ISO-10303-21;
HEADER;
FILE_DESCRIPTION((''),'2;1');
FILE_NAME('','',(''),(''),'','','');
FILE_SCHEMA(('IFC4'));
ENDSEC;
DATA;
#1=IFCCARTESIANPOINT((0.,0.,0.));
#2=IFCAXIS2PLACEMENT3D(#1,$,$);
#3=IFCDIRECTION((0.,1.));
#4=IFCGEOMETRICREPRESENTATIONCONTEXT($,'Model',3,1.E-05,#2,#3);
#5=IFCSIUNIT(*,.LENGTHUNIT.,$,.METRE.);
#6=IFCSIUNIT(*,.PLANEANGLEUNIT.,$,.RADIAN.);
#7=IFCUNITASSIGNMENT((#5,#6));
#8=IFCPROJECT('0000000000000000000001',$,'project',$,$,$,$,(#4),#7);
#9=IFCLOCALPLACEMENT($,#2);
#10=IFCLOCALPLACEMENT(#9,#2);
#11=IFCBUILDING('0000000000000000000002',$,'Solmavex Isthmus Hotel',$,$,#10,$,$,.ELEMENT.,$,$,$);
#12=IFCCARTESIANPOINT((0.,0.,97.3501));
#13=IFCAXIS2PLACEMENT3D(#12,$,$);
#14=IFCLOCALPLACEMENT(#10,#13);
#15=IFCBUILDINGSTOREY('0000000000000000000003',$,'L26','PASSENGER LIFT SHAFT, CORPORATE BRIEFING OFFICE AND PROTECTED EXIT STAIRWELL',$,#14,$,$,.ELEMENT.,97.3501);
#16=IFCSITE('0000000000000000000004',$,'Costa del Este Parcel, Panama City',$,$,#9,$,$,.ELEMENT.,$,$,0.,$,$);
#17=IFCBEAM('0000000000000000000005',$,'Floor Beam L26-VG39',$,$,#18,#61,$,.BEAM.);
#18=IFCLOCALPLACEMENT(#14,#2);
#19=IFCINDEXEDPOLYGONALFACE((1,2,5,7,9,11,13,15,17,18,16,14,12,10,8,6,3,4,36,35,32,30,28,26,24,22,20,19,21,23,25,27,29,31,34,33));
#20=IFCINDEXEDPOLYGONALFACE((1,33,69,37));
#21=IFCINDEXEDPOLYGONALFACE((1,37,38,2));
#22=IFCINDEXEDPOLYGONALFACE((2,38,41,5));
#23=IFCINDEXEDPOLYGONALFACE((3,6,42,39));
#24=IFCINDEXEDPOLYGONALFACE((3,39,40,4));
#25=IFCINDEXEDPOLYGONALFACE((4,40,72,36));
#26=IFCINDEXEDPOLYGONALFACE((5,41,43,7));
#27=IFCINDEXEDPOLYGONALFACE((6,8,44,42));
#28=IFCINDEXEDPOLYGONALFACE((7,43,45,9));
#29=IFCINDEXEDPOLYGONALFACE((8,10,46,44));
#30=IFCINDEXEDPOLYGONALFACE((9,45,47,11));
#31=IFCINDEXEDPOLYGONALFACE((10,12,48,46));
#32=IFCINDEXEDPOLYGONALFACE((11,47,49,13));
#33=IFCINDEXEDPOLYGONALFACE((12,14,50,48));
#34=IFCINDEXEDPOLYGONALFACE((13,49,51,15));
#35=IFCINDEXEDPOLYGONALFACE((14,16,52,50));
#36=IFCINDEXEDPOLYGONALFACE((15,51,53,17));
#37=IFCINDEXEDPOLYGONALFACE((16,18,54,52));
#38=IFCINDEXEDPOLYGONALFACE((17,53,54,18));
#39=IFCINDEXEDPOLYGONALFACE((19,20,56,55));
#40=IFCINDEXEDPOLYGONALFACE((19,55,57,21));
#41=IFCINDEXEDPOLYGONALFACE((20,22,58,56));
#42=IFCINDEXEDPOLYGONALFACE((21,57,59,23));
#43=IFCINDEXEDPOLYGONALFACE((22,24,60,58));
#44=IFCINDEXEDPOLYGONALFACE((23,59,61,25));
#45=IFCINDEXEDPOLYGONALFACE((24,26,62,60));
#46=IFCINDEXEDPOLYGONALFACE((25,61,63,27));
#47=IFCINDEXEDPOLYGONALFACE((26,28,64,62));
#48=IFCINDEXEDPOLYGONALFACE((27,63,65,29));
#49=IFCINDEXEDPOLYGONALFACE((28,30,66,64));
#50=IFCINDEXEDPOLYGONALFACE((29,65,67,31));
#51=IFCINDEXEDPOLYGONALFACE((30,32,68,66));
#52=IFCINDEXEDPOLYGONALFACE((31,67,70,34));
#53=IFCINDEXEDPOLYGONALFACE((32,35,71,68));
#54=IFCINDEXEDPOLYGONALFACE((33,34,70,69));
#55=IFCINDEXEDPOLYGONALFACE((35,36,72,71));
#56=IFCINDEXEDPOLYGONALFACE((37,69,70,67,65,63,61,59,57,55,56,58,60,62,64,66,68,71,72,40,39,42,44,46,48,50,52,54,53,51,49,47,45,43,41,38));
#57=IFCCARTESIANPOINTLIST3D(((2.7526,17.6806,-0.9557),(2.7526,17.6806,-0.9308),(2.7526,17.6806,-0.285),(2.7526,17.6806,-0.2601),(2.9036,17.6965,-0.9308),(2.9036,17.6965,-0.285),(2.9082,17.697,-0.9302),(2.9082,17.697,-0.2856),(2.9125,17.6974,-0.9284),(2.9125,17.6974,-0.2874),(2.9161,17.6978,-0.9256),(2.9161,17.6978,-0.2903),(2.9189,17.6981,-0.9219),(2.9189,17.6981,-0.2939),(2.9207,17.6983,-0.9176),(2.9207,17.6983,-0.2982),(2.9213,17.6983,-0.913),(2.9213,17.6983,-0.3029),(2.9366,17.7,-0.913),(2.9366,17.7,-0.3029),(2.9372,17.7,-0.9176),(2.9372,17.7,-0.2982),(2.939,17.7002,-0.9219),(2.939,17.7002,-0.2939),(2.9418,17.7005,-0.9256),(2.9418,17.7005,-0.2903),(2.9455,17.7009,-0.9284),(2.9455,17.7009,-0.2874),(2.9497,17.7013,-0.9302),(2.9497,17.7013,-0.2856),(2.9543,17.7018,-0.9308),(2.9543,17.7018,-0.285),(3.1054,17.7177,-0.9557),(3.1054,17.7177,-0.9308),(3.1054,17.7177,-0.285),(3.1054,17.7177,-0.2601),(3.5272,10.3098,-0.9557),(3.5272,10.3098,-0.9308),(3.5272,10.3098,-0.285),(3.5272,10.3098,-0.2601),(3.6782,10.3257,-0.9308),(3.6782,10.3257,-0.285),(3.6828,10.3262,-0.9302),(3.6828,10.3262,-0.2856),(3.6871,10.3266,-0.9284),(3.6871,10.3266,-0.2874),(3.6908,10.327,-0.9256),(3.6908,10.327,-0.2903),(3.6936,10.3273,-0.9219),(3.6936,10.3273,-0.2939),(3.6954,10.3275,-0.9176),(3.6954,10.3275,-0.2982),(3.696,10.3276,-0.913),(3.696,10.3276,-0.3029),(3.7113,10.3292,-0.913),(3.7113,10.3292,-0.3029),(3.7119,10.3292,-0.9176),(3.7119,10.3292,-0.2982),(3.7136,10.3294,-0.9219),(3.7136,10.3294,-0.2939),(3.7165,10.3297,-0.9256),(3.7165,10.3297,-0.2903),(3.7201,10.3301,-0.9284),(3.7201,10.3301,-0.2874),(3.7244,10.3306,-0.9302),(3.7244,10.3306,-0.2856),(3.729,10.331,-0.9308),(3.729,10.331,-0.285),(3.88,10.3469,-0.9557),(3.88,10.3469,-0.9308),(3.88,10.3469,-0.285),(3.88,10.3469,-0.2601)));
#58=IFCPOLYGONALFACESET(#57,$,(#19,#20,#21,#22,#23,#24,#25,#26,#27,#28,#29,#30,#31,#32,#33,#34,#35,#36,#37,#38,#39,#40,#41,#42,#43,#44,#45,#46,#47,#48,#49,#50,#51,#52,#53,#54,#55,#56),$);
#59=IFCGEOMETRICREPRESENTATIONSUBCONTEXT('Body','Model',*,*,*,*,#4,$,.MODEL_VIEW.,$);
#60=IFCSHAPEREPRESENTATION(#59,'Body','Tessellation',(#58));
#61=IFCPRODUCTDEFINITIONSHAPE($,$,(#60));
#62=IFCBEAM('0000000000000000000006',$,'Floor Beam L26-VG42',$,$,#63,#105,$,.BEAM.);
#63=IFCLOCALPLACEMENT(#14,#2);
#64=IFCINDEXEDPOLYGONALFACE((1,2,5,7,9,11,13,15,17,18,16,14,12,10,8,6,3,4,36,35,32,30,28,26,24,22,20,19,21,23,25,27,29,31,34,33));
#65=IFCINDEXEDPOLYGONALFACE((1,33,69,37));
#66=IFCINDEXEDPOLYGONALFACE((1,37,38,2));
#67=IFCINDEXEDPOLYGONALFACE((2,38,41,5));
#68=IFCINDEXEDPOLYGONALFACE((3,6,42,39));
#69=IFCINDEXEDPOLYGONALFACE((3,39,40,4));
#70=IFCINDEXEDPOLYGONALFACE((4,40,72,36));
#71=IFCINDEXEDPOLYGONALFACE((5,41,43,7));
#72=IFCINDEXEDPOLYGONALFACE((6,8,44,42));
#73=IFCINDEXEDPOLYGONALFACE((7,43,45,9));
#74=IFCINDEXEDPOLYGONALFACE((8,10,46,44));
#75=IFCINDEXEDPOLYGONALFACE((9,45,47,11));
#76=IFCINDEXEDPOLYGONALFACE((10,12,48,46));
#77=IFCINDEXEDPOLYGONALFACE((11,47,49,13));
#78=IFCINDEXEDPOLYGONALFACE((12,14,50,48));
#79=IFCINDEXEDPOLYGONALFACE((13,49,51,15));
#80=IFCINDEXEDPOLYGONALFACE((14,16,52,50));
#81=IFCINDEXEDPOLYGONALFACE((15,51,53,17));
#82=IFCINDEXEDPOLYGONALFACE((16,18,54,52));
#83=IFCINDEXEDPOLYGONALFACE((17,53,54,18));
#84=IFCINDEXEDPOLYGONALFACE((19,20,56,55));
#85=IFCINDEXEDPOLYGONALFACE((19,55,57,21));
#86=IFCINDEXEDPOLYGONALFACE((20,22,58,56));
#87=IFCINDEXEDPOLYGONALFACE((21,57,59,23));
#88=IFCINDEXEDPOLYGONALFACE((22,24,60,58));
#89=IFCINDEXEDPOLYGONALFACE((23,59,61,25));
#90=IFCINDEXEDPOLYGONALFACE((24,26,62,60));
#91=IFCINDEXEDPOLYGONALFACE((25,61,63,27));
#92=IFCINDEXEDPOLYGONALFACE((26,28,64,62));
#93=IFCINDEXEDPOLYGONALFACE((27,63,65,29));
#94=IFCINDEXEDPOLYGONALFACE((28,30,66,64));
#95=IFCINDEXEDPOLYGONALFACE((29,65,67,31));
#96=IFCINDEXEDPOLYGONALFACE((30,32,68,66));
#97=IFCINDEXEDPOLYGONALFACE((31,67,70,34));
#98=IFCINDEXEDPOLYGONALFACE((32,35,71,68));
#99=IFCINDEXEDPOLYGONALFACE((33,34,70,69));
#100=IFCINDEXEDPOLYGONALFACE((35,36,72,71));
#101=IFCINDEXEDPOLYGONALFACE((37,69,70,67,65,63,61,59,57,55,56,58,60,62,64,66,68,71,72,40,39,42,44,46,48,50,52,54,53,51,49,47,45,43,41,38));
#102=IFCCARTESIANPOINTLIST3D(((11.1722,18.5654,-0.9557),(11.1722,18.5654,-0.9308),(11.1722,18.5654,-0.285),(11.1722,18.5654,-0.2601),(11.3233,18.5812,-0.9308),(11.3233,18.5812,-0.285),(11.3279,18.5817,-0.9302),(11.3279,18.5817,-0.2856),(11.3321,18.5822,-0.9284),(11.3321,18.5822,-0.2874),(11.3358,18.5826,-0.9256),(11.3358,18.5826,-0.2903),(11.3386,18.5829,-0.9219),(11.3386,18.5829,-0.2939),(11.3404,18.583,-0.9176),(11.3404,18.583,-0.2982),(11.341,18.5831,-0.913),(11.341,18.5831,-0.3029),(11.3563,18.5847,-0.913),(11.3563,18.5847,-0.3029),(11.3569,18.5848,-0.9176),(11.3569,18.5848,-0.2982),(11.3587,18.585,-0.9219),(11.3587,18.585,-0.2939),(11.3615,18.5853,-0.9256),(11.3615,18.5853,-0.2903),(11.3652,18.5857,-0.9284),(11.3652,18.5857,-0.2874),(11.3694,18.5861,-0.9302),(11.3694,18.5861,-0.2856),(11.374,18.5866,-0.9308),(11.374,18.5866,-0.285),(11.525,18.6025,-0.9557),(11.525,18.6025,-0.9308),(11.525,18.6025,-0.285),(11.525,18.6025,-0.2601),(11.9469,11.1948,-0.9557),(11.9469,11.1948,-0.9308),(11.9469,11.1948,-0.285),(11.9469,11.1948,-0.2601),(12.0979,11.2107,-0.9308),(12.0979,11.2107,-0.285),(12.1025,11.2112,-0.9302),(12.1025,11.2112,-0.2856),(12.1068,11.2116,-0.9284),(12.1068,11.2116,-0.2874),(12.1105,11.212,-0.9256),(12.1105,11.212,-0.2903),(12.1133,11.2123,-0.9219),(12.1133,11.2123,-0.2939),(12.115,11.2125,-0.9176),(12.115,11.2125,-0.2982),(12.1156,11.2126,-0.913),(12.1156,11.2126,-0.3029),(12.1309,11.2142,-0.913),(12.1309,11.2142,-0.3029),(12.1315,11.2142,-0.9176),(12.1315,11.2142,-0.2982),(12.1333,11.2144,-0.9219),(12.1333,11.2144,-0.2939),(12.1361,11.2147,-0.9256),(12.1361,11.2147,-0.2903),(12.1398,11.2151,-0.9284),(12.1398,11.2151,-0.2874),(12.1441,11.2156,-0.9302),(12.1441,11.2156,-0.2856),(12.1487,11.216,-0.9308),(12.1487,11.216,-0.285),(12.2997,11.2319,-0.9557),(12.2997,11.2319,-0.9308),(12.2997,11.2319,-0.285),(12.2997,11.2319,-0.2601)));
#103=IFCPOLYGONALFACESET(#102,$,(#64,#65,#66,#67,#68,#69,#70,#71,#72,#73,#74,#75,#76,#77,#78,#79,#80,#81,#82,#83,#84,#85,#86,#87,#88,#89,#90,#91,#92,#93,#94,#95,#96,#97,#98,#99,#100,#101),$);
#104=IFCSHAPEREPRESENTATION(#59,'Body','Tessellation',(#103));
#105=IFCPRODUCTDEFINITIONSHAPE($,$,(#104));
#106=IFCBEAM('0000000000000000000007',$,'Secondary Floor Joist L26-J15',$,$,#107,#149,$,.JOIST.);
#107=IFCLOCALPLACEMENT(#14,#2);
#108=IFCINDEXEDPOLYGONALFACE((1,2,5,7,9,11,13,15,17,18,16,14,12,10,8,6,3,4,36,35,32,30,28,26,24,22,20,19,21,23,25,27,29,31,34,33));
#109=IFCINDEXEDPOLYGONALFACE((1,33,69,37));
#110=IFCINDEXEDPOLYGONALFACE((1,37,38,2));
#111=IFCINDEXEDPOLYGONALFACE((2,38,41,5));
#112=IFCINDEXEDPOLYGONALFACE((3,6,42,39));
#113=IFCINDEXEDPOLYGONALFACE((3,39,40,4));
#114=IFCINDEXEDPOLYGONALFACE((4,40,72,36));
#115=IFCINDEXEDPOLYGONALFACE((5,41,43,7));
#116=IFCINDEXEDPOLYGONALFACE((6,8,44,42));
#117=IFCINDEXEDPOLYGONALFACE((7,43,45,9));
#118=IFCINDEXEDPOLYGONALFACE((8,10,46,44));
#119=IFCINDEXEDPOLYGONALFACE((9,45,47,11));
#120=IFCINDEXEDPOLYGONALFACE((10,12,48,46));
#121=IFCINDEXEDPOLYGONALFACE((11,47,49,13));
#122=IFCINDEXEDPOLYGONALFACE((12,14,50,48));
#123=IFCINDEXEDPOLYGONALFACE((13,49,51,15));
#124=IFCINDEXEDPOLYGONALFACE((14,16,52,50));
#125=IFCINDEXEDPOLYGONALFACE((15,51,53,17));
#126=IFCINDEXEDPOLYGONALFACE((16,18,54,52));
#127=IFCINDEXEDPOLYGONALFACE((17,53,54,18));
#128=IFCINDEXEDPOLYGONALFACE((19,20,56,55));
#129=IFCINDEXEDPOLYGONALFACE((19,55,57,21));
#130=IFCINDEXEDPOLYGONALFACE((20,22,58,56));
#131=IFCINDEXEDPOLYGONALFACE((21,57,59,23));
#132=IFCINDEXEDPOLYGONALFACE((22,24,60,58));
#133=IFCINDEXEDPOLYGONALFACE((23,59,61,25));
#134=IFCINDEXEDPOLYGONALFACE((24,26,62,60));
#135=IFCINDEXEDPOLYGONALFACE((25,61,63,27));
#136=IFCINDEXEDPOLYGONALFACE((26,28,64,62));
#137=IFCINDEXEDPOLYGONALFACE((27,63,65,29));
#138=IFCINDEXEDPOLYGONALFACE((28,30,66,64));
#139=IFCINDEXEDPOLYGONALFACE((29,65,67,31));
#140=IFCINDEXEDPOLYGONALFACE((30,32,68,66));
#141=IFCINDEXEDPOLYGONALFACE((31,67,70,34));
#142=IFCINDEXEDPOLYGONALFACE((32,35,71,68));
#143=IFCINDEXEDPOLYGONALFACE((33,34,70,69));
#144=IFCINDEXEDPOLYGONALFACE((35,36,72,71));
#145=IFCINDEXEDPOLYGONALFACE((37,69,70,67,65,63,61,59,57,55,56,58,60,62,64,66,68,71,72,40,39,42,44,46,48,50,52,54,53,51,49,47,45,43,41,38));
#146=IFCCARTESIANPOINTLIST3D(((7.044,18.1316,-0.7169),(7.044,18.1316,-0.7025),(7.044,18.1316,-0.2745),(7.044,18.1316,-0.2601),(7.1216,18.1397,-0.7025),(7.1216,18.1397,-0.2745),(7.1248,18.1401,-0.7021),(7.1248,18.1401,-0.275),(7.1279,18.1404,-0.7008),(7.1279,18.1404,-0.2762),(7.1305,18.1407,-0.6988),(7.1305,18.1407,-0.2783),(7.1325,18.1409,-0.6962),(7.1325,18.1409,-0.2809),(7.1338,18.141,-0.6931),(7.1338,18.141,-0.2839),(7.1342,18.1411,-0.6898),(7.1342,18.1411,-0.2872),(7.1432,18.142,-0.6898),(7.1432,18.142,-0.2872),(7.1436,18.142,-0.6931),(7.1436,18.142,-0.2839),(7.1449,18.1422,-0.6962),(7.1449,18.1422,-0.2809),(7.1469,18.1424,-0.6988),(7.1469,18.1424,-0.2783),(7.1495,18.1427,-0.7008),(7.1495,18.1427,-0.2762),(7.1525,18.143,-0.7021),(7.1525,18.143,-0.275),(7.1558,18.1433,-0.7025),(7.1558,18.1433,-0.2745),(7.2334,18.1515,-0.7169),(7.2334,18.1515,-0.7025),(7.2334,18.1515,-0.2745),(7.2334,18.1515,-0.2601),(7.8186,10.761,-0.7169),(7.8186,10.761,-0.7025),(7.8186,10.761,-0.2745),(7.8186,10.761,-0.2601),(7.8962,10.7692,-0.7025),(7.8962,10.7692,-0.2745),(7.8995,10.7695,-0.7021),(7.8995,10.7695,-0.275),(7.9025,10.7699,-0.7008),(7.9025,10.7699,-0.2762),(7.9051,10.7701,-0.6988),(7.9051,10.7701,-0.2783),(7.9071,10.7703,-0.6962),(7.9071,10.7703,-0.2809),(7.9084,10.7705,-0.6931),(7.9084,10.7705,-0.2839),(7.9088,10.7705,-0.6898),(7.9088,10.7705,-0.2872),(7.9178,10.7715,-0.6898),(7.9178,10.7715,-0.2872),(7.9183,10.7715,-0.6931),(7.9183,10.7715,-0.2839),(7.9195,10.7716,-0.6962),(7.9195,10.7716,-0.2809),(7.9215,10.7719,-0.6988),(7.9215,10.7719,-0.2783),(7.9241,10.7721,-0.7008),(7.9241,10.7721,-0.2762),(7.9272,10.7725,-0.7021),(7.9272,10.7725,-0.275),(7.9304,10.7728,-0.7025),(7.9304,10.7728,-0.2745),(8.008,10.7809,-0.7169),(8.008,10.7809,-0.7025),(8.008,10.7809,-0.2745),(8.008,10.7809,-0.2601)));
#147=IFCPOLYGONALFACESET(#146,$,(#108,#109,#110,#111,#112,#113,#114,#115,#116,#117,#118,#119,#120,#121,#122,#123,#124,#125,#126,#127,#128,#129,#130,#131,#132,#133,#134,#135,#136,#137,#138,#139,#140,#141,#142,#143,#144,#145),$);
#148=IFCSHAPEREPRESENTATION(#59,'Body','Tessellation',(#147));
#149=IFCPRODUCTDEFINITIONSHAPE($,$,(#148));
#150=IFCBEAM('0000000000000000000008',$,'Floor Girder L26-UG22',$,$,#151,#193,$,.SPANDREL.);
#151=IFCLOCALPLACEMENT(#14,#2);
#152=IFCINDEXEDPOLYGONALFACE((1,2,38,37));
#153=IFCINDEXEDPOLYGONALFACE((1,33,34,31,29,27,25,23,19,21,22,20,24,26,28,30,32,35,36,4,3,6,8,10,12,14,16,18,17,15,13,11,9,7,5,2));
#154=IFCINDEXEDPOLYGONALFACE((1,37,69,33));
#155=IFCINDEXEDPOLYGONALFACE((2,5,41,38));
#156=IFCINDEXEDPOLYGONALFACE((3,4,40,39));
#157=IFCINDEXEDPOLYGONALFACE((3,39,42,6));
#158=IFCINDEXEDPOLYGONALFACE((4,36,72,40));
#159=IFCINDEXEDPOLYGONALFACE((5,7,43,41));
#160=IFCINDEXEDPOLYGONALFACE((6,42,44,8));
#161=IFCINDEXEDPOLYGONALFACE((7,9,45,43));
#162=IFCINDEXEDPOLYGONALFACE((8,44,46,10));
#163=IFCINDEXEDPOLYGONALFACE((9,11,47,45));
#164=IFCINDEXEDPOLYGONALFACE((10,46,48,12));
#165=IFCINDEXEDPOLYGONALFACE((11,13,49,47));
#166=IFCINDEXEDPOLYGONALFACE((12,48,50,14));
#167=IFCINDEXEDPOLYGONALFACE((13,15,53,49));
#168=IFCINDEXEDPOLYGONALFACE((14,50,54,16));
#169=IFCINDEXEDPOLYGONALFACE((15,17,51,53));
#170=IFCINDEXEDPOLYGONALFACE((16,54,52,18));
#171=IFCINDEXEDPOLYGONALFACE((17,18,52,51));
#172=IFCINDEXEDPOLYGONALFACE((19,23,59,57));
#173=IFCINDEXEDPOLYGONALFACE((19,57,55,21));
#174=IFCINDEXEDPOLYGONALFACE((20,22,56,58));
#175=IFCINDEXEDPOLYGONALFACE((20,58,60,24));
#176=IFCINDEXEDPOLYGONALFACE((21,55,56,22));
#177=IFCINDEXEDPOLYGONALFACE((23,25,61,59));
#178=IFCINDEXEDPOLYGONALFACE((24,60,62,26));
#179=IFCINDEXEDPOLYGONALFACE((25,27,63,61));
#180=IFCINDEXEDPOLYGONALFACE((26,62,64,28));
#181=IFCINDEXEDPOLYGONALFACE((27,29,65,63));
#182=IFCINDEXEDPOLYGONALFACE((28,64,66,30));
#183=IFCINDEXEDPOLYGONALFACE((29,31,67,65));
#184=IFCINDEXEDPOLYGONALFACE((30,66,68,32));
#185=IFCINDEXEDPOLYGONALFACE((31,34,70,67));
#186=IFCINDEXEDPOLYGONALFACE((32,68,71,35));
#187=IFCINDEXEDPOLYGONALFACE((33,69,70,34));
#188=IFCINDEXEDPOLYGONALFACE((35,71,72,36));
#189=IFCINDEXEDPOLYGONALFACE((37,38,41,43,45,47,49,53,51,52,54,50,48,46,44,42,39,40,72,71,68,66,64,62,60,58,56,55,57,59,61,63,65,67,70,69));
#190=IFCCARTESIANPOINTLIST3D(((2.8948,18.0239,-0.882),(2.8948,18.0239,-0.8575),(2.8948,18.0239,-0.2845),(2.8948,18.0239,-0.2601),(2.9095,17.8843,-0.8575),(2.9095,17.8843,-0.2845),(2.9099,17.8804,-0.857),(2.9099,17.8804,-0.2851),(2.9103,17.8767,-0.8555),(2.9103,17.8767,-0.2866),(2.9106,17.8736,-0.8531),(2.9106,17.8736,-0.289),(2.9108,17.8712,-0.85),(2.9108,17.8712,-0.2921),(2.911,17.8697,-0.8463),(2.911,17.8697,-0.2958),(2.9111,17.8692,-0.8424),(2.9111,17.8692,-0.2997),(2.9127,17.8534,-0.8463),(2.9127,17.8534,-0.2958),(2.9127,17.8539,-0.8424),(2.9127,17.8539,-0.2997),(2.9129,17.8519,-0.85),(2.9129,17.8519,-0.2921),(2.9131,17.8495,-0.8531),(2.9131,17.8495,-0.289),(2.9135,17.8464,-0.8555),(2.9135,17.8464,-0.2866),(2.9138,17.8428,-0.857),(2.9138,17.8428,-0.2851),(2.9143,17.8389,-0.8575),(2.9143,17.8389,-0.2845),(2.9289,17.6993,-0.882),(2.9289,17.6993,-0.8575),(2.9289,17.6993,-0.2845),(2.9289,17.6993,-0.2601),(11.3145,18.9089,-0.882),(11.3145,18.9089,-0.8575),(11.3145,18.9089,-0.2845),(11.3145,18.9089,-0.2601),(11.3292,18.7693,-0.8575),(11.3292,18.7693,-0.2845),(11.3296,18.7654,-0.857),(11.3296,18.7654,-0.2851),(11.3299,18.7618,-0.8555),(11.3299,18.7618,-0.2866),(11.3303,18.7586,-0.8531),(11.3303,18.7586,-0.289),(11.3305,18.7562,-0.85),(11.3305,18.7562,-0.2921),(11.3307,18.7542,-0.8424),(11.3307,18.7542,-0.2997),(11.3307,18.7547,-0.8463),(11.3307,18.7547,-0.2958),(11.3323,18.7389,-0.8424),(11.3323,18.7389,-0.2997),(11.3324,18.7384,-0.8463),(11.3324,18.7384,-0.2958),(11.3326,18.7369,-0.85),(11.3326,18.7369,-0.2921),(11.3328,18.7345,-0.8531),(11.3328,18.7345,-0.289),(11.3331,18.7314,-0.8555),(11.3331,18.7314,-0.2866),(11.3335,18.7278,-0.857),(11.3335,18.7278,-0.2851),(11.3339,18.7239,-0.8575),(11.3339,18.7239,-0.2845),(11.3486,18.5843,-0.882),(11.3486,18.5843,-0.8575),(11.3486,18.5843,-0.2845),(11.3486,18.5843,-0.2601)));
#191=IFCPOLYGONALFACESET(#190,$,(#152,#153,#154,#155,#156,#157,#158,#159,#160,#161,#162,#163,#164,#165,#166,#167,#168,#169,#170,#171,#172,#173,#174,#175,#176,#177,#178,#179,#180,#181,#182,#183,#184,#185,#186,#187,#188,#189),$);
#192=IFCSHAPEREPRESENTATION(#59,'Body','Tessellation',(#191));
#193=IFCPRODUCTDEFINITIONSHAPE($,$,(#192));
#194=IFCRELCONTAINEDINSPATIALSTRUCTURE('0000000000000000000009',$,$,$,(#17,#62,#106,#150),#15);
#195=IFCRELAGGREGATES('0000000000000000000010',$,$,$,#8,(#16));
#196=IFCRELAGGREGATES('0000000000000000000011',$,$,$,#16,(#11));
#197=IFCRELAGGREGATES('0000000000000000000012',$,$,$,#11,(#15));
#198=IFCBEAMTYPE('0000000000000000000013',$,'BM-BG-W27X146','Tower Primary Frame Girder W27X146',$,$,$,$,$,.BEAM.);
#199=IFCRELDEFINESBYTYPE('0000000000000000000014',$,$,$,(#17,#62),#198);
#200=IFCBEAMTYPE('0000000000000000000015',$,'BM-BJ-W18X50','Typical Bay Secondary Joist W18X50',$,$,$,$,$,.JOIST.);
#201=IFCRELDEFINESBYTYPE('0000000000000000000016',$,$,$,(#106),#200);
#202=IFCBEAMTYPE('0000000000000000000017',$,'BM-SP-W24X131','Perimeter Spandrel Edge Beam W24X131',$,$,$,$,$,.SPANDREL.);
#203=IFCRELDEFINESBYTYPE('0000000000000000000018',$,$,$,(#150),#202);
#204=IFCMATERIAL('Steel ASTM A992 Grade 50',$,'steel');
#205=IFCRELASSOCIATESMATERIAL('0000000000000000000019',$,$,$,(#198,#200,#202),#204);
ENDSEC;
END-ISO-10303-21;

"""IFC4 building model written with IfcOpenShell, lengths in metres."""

from ifc_helpers import new_model, si_unit, direction, frame, origin, origin_2d, place, context, subcontext, project, spatial, i_section, extrude, material, material_profile, profile_set, type_object, element, save


model = new_model("IFC4")

# Units and contexts
model_context = context("Model", 3, precision=1e-05, world=origin(), true_north=direction((0.0, 1.0)))
body_context = subcontext(model_context, "Body", "Model", "MODEL_VIEW")
ifc_project = project(units=[si_unit("LENGTHUNIT", "METRE"), si_unit("PLANEANGLEUNIT", "RADIAN")], contexts=[model_context])

# Site, building, storey
site_placement = place(None, origin())
site = spatial("IfcSite", under=ifc_project, at=site_placement, Name="Costa del Este Parcel, Panama City", CompositionType="ELEMENT", RefElevation=0.0)
building_placement = place(site_placement, origin())
building = spatial("IfcBuilding", under=site, at=building_placement, Name="Solmavex Isthmus Hotel", CompositionType="ELEMENT")
storey_placement = place(building_placement, frame((0.0, 0.0, 97.3501)))
storey = spatial("IfcBuildingStorey", under=building, at=storey_placement, Name="L26", Description="PASSENGER LIFT SHAFT, CORPORATE BRIEFING OFFICE AND PROTECTED EXIT STAIRWELL", CompositionType="ELEMENT", Elevation=97.3501)

# Beams
ifc_material_1 = material(Name="Steel ASTM A992 Grade 50", Category="steel")
ifc_material_profile_1 = material_profile(ifc_material_1, i_section(OverallWidth=0.3547, OverallDepth=0.6956, WebThickness=0.0154, FlangeThickness=0.0249, FilletRadius=0.0178, at=origin_2d()), Name="W27X146")
ifc_profile_set_1 = profile_set([ifc_material_profile_1], Name="Steel ASTM A992 Grade 50")
beam_type_1 = type_object("IfcBeamType", Name="BM-BG-W27X146", Description="Tower Primary Frame Girder W27X146", PredefinedType="BEAM", material=ifc_profile_set_1)
beam_1_placement = place(storey_placement, frame((3.7036, 10.3284, -0.6079), z_axis=(-0.104522, 0.994523, 0.0), x_axis=(-0.994523, -0.104522, 0.0)))
element("IfcBeam", 1, at=beam_1_placement, inside=storey, type_object=beam_type_1, Name="Floor Beam L26-VG39", PredefinedType="BEAM", context=body_context, shape_type="SweptSolid", body=[
    extrude(i_section(OverallWidth=0.3547, OverallDepth=0.6956, WebThickness=0.0154, FlangeThickness=0.0249, FilletRadius=0.0178, at=origin_2d()), origin(), (0.0, 0.0, 1.0), 7.4114),
])
beam_2_placement = place(storey_placement, frame((12.1233, 11.2134, -0.6079), z_axis=(-0.104525, 0.994522, 0.0), x_axis=(-0.994522, -0.104525, 0.0)))
element("IfcBeam", 2, at=beam_2_placement, inside=storey, type_object=beam_type_1, Name="Floor Beam L26-VG42", PredefinedType="BEAM", context=body_context, shape_type="SweptSolid", body=[
    extrude(i_section(OverallWidth=0.3547, OverallDepth=0.6956, WebThickness=0.0154, FlangeThickness=0.0249, FilletRadius=0.0178, at=origin_2d()), origin(), (0.0, 0.0, 1.0), 7.4111),
])
ifc_material_profile_2 = material_profile(ifc_material_1, i_section(OverallWidth=0.1904, OverallDepth=0.4568, WebThickness=0.009, FlangeThickness=0.0144, FilletRadius=0.0127, at=origin_2d()), Name="W18X50")
ifc_profile_set_2 = profile_set([ifc_material_profile_2], Name="Steel ASTM A992 Grade 50")
beam_type_2 = type_object("IfcBeamType", Name="BM-BJ-W18X50", Description="Typical Bay Secondary Joist W18X50", PredefinedType="JOIST", material=ifc_profile_set_2)
beam_3_placement = place(storey_placement, frame((7.9133, 10.771, -0.4885), z_axis=(-0.104525, 0.994522, 0.0), x_axis=(-0.994522, -0.104525, 0.0)))
element("IfcBeam", 3, at=beam_3_placement, inside=storey, type_object=beam_type_2, Name="Secondary Floor Joist L26-J15", PredefinedType="JOIST", context=body_context, shape_type="SweptSolid", body=[
    extrude(i_section(OverallWidth=0.1904, OverallDepth=0.4568, WebThickness=0.009, FlangeThickness=0.0144, FilletRadius=0.0127, at=origin_2d()), origin(), (0.0, 0.0, 1.0), 7.4111),
])
ifc_material_profile_3 = material_profile(ifc_material_1, i_section(OverallWidth=0.3264, OverallDepth=0.6218, WebThickness=0.0154, FlangeThickness=0.0244, FilletRadius=0.0151, at=origin_2d()), Name="W24X131")
ifc_profile_set_3 = profile_set([ifc_material_profile_3], Name="Steel ASTM A992 Grade 50")
beam_type_3 = type_object("IfcBeamType", Name="BM-SP-W24X131", Description="Perimeter Spandrel Edge Beam W24X131", PredefinedType="SPANDREL", material=ifc_profile_set_3)
for number, where, z_axis, x_axis, name in (
    (4, (2.9119, 17.8616, -0.571), (0.994521, 0.104536, 0.0), (-0.104536, 0.994521, 0.0), "Floor Girder L26-UG22"),
):
    element("IfcBeam", number, at=place(storey_placement, frame(where, z_axis=z_axis, x_axis=x_axis)), inside=storey, type_object=beam_type_3, Name=name, PredefinedType="SPANDREL", context=body_context, shape_type="SweptSolid", body=[
        extrude(i_section(OverallWidth=0.3264, OverallDepth=0.6218, WebThickness=0.0154, FlangeThickness=0.0244, FilletRadius=0.0151, at=origin_2d()), origin(), (0.0, 0.0, 1.0), 8.4661),
    ])

save(model, "model.ifc")
